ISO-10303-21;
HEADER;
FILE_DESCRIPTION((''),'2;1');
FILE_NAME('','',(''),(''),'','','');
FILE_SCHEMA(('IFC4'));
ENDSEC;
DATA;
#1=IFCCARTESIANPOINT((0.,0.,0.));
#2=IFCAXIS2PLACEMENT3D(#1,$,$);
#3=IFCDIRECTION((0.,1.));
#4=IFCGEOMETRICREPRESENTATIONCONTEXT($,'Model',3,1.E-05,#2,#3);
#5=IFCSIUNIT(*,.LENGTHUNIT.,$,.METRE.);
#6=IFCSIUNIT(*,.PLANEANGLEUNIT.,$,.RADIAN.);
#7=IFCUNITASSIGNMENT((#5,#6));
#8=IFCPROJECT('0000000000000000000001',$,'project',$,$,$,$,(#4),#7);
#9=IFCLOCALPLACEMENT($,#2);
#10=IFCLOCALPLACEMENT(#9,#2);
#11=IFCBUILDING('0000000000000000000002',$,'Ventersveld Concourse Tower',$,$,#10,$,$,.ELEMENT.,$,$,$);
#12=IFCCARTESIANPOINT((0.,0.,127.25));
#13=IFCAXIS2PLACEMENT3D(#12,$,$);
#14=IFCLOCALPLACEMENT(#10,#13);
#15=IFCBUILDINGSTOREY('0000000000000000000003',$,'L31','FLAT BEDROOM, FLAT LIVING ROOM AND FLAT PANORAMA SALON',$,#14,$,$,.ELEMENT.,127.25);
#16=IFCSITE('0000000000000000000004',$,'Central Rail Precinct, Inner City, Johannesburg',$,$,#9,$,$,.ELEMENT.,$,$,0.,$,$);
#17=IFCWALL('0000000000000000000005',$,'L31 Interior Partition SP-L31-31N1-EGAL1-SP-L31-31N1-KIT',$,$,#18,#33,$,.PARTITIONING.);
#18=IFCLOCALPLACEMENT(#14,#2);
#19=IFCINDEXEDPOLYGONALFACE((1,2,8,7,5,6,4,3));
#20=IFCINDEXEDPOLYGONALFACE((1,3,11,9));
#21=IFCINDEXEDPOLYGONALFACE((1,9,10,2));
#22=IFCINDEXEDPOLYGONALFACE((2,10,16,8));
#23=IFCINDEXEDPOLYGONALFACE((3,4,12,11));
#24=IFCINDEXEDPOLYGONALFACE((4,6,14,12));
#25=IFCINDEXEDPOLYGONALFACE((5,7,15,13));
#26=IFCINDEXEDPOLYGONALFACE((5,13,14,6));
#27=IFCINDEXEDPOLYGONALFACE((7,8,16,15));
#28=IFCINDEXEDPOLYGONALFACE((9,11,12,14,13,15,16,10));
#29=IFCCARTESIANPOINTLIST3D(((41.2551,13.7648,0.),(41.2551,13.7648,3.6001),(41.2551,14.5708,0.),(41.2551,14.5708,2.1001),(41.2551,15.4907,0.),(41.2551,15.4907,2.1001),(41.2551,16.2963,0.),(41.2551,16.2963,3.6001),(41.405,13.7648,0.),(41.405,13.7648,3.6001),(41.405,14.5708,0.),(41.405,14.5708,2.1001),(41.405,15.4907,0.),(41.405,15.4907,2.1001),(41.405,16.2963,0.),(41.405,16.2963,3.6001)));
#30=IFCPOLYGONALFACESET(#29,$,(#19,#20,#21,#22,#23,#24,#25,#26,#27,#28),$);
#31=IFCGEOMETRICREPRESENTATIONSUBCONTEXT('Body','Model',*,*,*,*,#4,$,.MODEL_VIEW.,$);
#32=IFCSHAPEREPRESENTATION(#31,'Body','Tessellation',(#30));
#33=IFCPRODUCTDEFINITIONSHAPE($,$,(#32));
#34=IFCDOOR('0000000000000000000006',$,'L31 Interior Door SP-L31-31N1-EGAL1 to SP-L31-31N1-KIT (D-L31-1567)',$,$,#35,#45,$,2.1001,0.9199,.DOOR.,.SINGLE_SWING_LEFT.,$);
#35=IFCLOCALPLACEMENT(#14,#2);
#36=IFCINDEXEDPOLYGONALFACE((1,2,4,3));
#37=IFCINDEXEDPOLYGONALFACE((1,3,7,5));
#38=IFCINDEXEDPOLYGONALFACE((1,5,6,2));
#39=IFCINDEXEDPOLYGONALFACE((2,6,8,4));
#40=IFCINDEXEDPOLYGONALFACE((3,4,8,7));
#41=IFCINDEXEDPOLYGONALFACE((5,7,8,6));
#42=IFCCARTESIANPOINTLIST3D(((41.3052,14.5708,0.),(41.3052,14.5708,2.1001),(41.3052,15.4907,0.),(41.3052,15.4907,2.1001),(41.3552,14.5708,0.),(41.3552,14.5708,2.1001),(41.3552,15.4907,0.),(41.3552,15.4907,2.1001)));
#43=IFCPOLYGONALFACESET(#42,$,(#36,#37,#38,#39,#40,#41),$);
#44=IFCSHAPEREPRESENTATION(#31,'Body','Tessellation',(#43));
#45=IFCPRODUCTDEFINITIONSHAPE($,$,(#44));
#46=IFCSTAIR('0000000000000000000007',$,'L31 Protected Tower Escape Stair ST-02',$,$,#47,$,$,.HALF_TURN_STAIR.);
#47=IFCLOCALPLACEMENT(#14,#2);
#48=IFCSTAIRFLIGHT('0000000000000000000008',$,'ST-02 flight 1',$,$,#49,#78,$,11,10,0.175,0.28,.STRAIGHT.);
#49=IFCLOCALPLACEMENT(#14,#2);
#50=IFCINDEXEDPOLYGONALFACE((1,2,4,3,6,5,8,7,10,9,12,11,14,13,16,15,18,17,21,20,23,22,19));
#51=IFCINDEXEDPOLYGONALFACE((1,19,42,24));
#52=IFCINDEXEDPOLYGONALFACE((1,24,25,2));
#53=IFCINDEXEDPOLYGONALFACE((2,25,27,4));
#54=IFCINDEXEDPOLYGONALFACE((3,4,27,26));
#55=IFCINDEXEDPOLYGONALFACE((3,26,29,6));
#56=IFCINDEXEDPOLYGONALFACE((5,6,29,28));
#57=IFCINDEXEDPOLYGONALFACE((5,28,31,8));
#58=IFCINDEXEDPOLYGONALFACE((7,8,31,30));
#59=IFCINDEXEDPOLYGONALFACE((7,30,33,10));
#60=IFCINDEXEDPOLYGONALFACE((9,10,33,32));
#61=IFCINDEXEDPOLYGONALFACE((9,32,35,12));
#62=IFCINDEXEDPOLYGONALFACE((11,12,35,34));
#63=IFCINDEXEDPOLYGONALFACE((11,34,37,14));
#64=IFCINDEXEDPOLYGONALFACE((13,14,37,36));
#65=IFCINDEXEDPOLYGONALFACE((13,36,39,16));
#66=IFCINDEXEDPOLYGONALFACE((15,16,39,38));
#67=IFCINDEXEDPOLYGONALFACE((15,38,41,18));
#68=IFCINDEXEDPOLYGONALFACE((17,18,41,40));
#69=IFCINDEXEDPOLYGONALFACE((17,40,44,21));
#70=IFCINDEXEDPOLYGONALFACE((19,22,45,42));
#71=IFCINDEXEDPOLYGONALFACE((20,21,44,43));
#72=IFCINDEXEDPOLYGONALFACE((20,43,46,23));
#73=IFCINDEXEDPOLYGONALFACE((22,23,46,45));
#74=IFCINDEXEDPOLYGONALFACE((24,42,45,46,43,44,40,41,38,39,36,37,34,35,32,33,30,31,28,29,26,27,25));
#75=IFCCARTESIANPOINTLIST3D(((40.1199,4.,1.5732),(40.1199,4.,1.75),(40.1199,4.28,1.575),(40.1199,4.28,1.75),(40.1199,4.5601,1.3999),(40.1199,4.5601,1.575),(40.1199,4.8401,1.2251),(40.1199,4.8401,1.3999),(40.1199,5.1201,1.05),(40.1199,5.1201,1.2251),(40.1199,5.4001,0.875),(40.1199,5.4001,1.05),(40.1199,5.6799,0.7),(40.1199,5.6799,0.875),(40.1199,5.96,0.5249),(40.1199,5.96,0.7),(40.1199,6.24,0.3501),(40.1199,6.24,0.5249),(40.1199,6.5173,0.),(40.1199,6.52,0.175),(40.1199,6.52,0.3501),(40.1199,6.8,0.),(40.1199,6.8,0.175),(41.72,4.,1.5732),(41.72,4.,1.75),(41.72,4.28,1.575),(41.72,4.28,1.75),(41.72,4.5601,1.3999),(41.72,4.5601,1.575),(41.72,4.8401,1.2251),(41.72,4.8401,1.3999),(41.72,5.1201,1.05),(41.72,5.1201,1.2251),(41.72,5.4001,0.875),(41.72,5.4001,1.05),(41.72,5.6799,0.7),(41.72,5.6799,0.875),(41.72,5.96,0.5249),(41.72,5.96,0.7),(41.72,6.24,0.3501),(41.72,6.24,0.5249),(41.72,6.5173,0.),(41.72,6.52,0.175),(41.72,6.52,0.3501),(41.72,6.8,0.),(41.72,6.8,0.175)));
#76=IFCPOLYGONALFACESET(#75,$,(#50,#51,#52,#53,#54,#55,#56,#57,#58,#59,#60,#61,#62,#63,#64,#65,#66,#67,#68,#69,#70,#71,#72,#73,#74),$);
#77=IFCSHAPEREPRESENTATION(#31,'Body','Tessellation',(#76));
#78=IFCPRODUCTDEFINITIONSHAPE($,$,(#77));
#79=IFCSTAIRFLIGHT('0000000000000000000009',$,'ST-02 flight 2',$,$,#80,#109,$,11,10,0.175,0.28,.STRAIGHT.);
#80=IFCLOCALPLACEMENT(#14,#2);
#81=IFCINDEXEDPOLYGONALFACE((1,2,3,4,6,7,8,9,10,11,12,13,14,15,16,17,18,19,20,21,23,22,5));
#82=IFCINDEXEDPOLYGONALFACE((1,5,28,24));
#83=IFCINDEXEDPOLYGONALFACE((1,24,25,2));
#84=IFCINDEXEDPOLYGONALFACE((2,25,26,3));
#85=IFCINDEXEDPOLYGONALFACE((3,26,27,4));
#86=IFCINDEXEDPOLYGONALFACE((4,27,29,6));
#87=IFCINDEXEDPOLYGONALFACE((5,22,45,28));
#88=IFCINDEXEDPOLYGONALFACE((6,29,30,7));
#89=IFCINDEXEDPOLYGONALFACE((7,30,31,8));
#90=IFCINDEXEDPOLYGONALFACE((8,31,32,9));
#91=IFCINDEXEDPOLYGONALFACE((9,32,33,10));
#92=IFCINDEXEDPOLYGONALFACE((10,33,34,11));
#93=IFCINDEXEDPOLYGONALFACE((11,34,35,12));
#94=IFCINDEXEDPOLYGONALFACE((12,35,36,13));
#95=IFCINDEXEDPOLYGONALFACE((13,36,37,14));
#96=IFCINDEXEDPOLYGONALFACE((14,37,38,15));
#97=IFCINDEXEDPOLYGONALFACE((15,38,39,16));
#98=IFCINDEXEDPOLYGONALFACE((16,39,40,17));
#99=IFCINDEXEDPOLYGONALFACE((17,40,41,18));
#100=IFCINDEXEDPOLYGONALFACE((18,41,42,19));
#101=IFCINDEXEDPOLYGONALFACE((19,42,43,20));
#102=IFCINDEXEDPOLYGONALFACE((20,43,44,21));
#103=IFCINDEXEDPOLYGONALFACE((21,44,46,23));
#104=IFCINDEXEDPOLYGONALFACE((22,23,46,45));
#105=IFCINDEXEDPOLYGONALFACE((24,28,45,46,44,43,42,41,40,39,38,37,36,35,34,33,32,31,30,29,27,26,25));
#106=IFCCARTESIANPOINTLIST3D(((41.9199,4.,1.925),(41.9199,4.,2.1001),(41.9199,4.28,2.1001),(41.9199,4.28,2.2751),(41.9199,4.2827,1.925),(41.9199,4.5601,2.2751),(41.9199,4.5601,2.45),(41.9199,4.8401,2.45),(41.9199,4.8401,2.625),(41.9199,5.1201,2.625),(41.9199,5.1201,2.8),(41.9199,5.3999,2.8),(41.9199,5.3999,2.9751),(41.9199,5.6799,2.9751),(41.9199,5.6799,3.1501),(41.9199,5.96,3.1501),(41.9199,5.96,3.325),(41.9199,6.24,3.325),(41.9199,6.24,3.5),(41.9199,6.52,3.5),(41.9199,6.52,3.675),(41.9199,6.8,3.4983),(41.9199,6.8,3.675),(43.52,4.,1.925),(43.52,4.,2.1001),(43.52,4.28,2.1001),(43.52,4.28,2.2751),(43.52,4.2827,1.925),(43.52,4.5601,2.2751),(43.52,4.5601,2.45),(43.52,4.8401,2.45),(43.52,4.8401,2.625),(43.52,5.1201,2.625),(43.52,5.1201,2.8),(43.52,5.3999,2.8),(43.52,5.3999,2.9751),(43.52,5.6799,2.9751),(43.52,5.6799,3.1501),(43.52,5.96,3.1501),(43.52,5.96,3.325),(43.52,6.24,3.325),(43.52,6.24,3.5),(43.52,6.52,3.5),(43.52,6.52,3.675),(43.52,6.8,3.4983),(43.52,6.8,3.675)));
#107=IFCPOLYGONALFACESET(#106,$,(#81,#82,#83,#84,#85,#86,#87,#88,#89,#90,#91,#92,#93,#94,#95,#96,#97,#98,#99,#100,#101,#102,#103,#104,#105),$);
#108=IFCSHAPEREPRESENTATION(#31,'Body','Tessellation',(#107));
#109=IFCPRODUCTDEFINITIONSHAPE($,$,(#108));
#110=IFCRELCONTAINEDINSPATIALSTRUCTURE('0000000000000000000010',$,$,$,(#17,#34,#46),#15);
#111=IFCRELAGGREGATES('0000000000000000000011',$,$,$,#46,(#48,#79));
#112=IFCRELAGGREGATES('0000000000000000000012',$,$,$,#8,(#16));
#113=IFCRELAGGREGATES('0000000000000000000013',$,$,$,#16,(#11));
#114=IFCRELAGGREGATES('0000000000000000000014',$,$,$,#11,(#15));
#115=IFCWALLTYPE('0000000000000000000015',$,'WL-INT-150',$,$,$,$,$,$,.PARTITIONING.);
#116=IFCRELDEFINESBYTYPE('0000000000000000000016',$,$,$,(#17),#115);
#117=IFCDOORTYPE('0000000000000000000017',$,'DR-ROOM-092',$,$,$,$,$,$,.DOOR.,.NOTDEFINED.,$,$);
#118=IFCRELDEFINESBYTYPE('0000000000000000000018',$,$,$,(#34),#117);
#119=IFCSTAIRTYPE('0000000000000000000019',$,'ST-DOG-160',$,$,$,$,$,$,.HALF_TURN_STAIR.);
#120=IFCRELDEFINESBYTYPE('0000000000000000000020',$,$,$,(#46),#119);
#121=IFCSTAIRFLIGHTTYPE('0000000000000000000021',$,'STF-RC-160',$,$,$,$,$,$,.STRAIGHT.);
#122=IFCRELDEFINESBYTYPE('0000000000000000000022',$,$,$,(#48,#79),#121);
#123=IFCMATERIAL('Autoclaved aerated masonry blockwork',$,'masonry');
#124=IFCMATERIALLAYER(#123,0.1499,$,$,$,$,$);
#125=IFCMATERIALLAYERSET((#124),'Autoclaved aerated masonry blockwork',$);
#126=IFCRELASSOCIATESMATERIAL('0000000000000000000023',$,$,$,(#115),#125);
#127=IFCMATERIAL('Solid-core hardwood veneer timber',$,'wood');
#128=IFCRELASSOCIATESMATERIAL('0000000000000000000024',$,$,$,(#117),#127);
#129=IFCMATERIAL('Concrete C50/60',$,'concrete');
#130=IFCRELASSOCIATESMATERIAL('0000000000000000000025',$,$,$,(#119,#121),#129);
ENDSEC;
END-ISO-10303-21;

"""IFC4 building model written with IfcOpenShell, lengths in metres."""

from ifc_helpers import new_model, si_unit, direction, frame, frame_2d, origin, place, context, subcontext, project, spatial, polyline, rectangle, outline, extrude, material, layer, layer_set, type_object, element, fill, aggregate, save


model = new_model("IFC4")

# Units and contexts
model_context = context("Model", 3, precision=1e-05, world=origin(), true_north=direction((0.0, 1.0)))
body_context = subcontext(model_context, "Body", "Model", "MODEL_VIEW")
ifc_project = project(units=[si_unit("LENGTHUNIT", "METRE"), si_unit("PLANEANGLEUNIT", "RADIAN")], contexts=[model_context])

# Site, building, storey
site_placement = place(None, origin())
site = spatial("IfcSite", under=ifc_project, at=site_placement, Name="Central Rail Precinct, Inner City, Johannesburg", CompositionType="ELEMENT", RefElevation=0.0)
building_placement = place(site_placement, origin())
building = spatial("IfcBuilding", under=site, at=building_placement, Name="Ventersveld Concourse Tower", CompositionType="ELEMENT")
storey_placement = place(building_placement, frame((0.0, 0.0, 127.25)))
storey = spatial("IfcBuildingStorey", under=building, at=storey_placement, Name="L31", Description="FLAT BEDROOM, FLAT LIVING ROOM AND FLAT PANORAMA SALON", CompositionType="ELEMENT", Elevation=127.25)

# Wall, opening, door
ifc_material_1 = material(Name="Autoclaved aerated masonry blockwork", Category="masonry")
ifc_layer_1 = layer(ifc_material_1, 0.1499)
ifc_layer_set_1 = layer_set([ifc_layer_1], Name="Autoclaved aerated masonry blockwork")
wall_type_1 = type_object("IfcWallType", Name="WL-INT-150", PredefinedType="PARTITIONING", material=ifc_layer_set_1)
wall_1_placement = place(storey_placement, frame((41.3301, 13.7649, 0.0), z_axis=(0.0, 0.0, 1.0), x_axis=(0.0, 1.0, 0.0)))
wall_1 = element("IfcWall", 1, at=wall_1_placement, inside=storey, type_object=wall_type_1, Name="L31 Interior Partition SP-L31-31N1-EGAL1-SP-L31-31N1-KIT", PredefinedType="PARTITIONING", context=body_context, shape_type="SweptSolid", body=[
    extrude(rectangle(XDim=2.5315, YDim=0.1499, at=frame_2d((1.2656, 0.0))), origin(), (0.0, 0.0, 1.0), 3.6001),
])
opening_1_placement = place(wall_1_placement, frame((0.8059, 0.0, 0.0)))
opening_1 = element("IfcOpeningElement", 2, at=opening_1_placement, cuts=wall_1, PredefinedType="OPENING", context=body_context, shape_type="SweptSolid", body=[
    extrude(rectangle(XDim=0.9199, YDim=2.1001, at=frame_2d((0.46, 1.05))), frame((0.0, 0.085, 0.0), z_axis=(0.0, -1.0, 0.0), x_axis=(1.0, 0.0, 0.0)), (0.0, 0.0, 1.0), 0.1699),
])
ifc_material_2 = material(Name="Solid-core hardwood veneer timber", Category="wood")
door_type_1 = type_object("IfcDoorType", Name="DR-ROOM-092", OperationType="NOTDEFINED", PredefinedType="DOOR", material=ifc_material_2)
door_1_placement = place(opening_1_placement, origin())
door_1 = element("IfcDoor", 3, at=door_1_placement, inside=storey, type_object=door_type_1, Name="L31 Interior Door SP-L31-31N1-EGAL1 to SP-L31-31N1-KIT (D-L31-1567)", OperationType="SINGLE_SWING_LEFT", OverallHeight=2.1001, OverallWidth=0.9199, PredefinedType="DOOR", context=body_context, shape_type="SweptSolid", body=[
    extrude(rectangle(XDim=0.9199, YDim=2.1001, at=frame_2d((0.46, 1.05))), frame((0.0, 0.0249, 0.0), z_axis=(0.0, -1.0, 0.0), x_axis=(1.0, 0.0, 0.0)), (0.0, 0.0, 1.0), 0.05),
])
fill(opening_1, door_1)

# Stair, stair flights
ifc_material_3 = material(Name="Concrete C50/60", Category="concrete")
stair_type = type_object("IfcStairType", Name="ST-DOG-160", PredefinedType="HALF_TURN_STAIR", material=ifc_material_3)
stair_placement = place(storey_placement, origin())
stair = element("IfcStair", 4, at=stair_placement, inside=storey, type_object=stair_type, Name="L31 Protected Tower Escape Stair ST-02", PredefinedType="HALF_TURN_STAIR")
stair_flight_type = type_object("IfcStairFlightType", Name="STF-RC-160", PredefinedType="STRAIGHT", material=ifc_material_3)
stair_flight_1_placement = place(storey_placement, frame((40.9199, 6.8, 0.0), z_axis=(0.0, 0.0, 1.0), x_axis=(0.0, -1.0, 0.0)))
stair_flight_1 = element("IfcStairFlight", 5, at=stair_flight_1_placement, type_object=stair_flight_type, Name="ST-02 flight 1", NumberOfRisers=11, NumberOfTreads=10, PredefinedType="STRAIGHT", RiserHeight=0.175, TreadLength=0.28, context=body_context, shape_type="SweptSolid", body=[
    extrude(outline(polyline([(0.0, 0.0), (0.0, 0.175), (0.28, 0.175), (0.28, 0.3501), (0.5601, 0.3501), (0.5601, 0.5249), (0.8401, 0.5249), (0.8401, 0.7), (1.1201, 0.7), (1.1201, 0.875), (1.3999, 0.875), (1.3999, 1.05), (1.6799, 1.05), (1.6799, 1.2251), (1.96, 1.2251), (1.96, 1.3999), (2.24, 1.3999), (2.24, 1.575), (2.52, 1.575), (2.52, 1.75), (2.8, 1.75), (2.8, 1.925), (2.8, 1.5732), (0.2827, 0.0), (0.0, 0.0)])), frame((0.0, 0.8, 0.0), z_axis=(0.0, -1.0, 0.0), x_axis=(1.0, 0.0, 0.0)), (0.0, 0.0, 1.0), 1.6001),
])
stair_flight_2_placement = place(storey_placement, frame((42.72, 4.0, 1.925), z_axis=(0.0, 0.0, 1.0), x_axis=(0.0, 1.0, 0.0)))
stair_flight_2 = element("IfcStairFlight", 6, at=stair_flight_2_placement, type_object=stair_flight_type, Name="ST-02 flight 2", NumberOfRisers=11, NumberOfTreads=10, PredefinedType="STRAIGHT", RiserHeight=0.175, TreadLength=0.28, context=body_context, shape_type="SweptSolid", body=[
    extrude(outline(polyline([(0.0, 0.0), (0.0, 0.175), (0.28, 0.175), (0.28, 0.3501), (0.5601, 0.3501), (0.5601, 0.5249), (0.8401, 0.5249), (0.8401, 0.7), (1.1201, 0.7), (1.1201, 0.875), (1.3999, 0.875), (1.3999, 1.05), (1.6799, 1.05), (1.6799, 1.2251), (1.96, 1.2251), (1.96, 1.3999), (2.24, 1.3999), (2.24, 1.575), (2.52, 1.575), (2.52, 1.75), (2.8, 1.75), (2.8, 1.925), (2.8, 1.5732), (0.2827, 0.0), (0.0, 0.0)])), frame((0.0, 0.8, 0.0), z_axis=(0.0, -1.0, 0.0), x_axis=(1.0, 0.0, 0.0)), (0.0, 0.0, 1.0), 1.6001),
])
aggregate(stair, [stair_flight_1, stair_flight_2])

save(model, "model.ifc")
